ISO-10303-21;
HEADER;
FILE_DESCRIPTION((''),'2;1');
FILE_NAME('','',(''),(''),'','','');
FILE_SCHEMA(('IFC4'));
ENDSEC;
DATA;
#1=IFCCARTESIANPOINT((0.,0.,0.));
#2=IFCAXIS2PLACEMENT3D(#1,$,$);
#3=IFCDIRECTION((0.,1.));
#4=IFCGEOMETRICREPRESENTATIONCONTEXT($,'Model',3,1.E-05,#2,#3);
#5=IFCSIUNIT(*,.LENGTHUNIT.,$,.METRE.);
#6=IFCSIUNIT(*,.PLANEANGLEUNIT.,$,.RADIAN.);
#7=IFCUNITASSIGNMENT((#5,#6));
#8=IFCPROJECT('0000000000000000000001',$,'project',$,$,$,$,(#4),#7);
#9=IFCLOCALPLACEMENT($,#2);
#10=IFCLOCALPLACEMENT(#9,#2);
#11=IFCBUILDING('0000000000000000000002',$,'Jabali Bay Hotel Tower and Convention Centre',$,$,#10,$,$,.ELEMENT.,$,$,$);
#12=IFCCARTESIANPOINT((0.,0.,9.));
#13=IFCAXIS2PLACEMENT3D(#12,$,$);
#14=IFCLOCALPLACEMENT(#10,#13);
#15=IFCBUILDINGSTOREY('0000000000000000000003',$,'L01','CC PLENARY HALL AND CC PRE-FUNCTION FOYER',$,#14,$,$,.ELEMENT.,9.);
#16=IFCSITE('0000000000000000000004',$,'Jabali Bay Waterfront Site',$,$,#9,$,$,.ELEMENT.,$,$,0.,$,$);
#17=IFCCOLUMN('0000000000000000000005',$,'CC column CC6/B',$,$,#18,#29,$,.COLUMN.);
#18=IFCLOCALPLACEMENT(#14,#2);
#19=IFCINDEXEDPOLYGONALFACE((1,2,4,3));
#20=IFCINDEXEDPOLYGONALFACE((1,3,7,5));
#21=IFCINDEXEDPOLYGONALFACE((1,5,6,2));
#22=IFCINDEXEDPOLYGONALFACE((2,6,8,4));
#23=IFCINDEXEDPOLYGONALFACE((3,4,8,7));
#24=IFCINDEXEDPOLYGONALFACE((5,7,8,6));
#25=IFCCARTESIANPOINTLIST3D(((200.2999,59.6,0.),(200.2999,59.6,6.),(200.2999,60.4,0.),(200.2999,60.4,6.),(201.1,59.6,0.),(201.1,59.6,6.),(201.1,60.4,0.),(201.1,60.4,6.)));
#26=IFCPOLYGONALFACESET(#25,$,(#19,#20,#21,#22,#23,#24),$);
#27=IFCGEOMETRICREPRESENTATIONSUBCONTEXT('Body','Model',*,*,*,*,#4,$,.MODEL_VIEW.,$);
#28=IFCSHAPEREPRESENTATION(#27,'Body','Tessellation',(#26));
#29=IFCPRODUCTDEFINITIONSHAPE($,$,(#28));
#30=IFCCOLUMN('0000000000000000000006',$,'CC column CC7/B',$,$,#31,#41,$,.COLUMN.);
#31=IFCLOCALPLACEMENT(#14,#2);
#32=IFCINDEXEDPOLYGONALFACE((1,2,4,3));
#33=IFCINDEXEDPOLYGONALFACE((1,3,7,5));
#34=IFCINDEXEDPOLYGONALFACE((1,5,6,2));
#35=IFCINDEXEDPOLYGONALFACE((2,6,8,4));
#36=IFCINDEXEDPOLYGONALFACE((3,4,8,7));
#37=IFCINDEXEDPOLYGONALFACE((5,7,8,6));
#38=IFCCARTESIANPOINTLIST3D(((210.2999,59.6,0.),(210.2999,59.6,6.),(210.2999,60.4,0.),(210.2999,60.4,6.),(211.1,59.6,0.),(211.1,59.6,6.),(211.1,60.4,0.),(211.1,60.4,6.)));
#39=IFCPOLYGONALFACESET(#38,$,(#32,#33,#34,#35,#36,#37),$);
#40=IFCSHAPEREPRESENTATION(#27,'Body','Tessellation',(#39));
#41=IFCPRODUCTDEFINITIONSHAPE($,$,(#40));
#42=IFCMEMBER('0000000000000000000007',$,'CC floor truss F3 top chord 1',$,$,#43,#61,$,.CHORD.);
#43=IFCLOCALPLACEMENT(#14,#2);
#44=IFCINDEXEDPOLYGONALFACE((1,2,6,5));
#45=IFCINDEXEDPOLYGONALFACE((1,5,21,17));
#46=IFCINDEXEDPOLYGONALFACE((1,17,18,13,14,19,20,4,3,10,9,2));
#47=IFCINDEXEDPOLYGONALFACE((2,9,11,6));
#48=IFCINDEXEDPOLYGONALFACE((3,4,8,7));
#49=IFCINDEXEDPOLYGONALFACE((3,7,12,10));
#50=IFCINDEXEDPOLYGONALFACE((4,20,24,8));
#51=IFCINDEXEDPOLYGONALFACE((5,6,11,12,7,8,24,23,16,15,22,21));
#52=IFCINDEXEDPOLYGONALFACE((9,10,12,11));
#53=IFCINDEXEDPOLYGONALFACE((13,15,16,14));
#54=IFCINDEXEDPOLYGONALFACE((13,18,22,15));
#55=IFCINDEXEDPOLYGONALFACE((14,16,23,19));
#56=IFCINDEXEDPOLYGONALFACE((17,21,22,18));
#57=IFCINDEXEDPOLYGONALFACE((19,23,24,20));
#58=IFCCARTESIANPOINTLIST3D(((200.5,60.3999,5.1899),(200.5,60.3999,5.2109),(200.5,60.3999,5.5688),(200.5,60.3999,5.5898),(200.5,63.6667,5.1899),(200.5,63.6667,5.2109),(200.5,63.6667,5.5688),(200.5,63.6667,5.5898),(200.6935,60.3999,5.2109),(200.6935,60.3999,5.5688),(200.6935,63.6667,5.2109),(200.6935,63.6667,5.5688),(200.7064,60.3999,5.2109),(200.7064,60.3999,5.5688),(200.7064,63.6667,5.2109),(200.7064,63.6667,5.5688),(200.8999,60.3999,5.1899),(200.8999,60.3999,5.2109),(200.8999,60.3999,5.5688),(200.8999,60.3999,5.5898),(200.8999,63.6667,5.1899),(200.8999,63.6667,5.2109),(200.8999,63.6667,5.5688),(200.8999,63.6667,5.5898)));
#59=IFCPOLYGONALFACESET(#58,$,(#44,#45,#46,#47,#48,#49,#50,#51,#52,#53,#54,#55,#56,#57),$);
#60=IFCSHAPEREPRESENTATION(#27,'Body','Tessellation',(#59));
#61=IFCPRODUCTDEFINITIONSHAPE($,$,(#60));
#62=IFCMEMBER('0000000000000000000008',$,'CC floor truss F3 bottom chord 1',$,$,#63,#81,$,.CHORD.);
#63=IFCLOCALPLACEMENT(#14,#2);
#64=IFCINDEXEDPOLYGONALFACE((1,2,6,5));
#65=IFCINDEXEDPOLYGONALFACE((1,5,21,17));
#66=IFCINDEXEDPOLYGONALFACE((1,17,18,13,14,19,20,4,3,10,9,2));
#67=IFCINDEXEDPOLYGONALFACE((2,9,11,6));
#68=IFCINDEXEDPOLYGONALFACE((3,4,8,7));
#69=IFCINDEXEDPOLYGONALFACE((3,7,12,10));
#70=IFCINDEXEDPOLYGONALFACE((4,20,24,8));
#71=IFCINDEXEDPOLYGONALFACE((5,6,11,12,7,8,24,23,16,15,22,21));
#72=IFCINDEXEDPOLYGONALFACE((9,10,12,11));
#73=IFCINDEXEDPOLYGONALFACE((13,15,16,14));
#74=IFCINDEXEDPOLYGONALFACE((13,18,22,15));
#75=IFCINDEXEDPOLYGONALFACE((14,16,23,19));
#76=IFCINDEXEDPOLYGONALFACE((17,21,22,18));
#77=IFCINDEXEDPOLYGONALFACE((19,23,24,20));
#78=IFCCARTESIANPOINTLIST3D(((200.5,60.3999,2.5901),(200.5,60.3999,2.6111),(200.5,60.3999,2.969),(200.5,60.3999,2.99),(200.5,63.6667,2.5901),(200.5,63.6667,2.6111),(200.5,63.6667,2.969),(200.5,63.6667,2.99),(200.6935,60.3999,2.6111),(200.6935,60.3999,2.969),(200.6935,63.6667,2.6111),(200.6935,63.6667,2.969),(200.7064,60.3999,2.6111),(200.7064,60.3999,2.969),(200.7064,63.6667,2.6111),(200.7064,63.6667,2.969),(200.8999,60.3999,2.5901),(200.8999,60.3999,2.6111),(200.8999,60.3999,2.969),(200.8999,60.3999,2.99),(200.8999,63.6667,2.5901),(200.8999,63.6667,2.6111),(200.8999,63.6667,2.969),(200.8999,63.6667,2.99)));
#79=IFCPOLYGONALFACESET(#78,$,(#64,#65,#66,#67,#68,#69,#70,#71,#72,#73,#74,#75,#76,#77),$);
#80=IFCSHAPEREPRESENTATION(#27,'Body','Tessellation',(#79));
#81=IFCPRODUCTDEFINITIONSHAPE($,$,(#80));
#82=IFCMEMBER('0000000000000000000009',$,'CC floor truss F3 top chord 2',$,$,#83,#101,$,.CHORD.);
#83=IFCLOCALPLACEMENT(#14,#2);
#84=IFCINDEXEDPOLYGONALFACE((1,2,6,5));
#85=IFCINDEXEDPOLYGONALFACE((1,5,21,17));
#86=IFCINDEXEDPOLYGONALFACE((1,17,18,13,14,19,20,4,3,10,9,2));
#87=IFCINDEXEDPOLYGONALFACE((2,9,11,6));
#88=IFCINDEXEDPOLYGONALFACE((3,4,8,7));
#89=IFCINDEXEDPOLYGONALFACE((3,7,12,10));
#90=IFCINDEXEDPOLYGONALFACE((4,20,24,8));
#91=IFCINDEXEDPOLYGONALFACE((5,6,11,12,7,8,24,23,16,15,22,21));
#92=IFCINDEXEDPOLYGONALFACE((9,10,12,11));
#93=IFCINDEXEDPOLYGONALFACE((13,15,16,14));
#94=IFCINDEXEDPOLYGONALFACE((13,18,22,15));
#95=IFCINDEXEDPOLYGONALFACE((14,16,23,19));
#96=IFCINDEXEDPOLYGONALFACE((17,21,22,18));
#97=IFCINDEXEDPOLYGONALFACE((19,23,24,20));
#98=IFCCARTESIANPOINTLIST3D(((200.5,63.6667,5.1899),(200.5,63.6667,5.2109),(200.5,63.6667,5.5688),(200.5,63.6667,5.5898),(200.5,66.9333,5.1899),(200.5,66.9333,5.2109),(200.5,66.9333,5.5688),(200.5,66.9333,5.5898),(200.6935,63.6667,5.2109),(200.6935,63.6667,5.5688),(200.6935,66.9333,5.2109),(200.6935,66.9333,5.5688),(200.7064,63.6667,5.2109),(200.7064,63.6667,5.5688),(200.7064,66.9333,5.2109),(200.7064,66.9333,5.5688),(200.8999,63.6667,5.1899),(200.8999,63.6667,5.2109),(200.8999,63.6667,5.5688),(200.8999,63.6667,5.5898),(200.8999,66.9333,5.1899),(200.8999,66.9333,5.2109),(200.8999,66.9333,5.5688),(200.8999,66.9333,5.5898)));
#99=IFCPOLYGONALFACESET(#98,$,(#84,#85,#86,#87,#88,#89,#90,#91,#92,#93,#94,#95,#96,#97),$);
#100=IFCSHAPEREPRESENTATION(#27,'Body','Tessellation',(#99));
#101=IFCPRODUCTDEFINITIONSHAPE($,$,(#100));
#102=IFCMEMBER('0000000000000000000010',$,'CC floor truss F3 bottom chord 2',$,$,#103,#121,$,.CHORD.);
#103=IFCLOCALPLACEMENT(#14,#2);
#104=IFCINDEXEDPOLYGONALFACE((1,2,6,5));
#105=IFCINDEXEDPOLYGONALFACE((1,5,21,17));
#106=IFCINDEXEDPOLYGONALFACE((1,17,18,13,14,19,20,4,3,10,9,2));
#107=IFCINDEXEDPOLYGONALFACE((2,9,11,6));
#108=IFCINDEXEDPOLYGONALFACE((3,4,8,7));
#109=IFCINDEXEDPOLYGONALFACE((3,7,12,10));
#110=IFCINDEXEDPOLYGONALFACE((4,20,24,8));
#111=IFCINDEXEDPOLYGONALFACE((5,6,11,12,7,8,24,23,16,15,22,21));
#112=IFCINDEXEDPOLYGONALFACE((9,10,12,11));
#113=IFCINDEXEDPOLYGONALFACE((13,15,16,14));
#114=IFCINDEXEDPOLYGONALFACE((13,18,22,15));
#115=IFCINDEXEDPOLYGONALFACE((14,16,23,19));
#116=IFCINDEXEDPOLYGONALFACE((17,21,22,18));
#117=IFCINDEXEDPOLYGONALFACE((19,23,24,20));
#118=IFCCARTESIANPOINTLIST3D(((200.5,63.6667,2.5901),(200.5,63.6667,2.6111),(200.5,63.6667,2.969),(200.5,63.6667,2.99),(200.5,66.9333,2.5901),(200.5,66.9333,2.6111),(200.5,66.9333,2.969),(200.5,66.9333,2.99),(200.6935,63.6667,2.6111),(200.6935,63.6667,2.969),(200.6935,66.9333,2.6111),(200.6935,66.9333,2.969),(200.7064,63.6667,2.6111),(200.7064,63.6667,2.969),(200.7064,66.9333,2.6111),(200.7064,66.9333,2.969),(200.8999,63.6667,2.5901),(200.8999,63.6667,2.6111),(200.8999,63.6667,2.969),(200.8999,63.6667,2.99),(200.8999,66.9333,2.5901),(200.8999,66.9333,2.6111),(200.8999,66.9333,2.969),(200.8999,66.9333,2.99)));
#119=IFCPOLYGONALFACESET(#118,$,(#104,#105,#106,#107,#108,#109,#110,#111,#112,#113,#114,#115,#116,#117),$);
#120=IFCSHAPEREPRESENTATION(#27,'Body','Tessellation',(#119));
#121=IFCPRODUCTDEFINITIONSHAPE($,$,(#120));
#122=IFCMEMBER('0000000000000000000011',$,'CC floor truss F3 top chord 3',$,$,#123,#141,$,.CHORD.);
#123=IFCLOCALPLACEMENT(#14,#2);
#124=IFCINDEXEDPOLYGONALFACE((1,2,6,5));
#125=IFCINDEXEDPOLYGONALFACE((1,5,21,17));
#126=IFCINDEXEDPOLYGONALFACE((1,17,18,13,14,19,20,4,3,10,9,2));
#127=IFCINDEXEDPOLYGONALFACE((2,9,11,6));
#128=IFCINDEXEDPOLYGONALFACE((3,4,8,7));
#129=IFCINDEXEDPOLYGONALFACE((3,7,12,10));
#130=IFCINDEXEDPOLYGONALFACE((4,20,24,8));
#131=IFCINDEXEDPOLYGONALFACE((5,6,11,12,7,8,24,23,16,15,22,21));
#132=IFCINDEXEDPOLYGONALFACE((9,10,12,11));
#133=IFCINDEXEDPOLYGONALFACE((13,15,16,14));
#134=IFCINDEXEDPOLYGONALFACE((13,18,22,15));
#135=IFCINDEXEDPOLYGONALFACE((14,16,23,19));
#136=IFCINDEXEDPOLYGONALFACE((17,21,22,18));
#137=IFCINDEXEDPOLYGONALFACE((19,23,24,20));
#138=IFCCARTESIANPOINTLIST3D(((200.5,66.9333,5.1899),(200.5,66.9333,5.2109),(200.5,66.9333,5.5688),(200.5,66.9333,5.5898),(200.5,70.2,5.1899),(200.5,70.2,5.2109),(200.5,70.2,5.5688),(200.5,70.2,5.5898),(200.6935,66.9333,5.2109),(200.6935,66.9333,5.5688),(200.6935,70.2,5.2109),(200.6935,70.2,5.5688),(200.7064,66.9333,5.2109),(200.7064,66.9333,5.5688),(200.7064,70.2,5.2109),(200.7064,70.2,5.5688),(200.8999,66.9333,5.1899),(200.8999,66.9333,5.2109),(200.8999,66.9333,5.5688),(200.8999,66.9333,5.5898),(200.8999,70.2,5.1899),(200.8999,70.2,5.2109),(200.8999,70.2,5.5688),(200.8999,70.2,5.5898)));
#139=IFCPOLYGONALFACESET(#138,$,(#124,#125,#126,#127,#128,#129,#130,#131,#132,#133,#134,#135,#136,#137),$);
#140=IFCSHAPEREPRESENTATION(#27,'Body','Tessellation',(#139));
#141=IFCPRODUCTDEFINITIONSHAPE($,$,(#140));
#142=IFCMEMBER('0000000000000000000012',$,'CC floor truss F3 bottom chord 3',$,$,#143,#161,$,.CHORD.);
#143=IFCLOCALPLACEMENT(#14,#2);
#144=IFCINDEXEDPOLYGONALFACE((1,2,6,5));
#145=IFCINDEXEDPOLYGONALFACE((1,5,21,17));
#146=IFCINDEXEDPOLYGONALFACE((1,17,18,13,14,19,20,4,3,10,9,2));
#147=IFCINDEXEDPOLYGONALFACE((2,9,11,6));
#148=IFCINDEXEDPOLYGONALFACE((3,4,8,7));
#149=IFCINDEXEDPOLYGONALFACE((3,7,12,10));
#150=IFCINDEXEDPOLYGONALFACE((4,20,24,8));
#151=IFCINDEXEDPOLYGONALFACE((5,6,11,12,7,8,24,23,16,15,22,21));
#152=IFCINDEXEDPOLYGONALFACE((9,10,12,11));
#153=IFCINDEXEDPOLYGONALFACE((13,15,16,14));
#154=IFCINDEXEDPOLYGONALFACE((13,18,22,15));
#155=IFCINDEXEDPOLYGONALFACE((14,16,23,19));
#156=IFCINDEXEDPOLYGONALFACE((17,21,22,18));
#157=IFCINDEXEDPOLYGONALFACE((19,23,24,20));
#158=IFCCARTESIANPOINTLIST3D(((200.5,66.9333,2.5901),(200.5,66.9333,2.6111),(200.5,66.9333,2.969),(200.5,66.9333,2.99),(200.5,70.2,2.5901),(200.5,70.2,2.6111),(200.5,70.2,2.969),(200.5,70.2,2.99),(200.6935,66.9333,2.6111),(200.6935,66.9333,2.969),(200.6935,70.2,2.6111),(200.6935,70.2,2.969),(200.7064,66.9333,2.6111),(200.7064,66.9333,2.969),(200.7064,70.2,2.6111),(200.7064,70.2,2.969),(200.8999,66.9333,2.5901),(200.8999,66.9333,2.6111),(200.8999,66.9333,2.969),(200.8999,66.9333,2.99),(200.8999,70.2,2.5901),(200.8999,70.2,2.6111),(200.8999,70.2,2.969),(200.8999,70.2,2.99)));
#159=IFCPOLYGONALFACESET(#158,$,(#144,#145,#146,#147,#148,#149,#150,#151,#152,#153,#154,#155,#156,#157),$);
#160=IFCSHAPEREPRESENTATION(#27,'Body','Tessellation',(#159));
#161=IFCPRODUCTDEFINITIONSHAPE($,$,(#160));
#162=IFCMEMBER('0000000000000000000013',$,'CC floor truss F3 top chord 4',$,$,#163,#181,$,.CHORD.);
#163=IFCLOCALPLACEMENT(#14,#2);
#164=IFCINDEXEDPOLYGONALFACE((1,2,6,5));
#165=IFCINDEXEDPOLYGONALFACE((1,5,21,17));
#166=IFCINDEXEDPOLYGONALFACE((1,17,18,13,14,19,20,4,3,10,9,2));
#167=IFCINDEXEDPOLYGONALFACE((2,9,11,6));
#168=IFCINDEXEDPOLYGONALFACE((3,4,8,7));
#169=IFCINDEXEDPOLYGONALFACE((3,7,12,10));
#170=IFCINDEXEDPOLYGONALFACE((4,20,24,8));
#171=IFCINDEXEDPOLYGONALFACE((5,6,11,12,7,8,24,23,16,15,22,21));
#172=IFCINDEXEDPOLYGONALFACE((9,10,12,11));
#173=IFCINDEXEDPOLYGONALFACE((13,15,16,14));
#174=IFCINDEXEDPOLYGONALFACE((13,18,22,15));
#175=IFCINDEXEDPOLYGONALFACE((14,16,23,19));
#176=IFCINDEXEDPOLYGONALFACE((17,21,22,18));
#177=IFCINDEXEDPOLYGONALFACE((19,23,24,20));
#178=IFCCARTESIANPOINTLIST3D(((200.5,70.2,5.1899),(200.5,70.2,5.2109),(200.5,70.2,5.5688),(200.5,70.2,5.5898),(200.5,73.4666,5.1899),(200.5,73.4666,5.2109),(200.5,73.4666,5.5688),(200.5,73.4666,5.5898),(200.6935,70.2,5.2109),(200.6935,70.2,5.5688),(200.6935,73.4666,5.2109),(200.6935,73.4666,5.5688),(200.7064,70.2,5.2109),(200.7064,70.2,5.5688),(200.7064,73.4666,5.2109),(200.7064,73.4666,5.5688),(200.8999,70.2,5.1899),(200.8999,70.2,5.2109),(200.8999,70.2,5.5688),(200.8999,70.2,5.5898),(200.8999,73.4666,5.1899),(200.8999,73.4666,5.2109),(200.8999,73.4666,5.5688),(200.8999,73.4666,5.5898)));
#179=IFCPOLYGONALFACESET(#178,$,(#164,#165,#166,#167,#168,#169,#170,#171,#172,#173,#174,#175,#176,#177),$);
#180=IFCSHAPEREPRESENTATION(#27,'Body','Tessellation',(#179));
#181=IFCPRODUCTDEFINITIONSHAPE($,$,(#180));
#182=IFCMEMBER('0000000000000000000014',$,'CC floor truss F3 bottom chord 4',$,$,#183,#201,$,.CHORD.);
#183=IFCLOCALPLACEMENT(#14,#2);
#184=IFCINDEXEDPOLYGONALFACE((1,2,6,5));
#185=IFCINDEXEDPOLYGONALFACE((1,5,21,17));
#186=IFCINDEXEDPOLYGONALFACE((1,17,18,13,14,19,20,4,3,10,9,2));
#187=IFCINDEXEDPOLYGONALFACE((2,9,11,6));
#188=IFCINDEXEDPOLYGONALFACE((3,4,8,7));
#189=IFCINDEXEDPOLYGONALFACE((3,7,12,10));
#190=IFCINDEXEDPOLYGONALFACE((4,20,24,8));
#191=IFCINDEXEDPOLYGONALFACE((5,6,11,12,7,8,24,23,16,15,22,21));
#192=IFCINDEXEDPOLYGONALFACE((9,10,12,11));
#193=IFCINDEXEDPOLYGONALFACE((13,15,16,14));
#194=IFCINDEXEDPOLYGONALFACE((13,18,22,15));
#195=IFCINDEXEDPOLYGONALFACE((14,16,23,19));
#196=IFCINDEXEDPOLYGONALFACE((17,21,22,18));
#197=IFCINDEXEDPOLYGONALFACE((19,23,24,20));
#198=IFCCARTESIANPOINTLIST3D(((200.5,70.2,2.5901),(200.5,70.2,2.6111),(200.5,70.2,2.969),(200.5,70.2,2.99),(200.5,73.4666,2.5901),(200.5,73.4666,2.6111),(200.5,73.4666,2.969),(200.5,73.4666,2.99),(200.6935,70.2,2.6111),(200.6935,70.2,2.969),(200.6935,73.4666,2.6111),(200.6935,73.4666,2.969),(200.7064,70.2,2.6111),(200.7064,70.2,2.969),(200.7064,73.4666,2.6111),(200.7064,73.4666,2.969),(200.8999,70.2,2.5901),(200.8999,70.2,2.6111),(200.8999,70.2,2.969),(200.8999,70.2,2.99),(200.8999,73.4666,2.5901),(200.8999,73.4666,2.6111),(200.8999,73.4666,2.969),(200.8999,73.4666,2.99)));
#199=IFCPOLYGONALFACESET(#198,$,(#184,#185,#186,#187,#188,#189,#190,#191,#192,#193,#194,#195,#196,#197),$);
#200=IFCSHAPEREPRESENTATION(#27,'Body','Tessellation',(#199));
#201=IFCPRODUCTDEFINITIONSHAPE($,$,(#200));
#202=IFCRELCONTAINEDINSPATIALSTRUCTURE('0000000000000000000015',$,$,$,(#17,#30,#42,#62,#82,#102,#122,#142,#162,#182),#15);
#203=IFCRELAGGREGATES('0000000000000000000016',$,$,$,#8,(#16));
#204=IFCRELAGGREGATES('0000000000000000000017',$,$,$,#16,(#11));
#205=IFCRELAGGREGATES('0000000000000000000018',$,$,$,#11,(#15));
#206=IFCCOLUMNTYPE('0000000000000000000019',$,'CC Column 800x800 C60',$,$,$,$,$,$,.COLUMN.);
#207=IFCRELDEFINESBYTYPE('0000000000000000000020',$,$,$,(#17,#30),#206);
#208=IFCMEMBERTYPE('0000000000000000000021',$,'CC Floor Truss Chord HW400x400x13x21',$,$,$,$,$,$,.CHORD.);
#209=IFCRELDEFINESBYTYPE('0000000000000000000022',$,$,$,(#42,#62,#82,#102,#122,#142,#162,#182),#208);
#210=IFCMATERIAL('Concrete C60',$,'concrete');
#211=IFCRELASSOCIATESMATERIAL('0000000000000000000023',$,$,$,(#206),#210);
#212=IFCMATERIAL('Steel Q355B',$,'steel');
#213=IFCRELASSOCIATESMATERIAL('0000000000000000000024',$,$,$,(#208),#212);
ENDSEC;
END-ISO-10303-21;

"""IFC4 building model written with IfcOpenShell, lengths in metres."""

from ifc_helpers import new_model, si_unit, direction, frame, origin, origin_2d, place, context, subcontext, project, spatial, rectangle, i_section, extrude, material, material_profile, profile_set, type_object, element, save


model = new_model("IFC4")

# Units and contexts
model_context = context("Model", 3, precision=1e-05, world=origin(), true_north=direction((0.0, 1.0)))
body_context = subcontext(model_context, "Body", "Model", "MODEL_VIEW")
ifc_project = project(units=[si_unit("LENGTHUNIT", "METRE"), si_unit("PLANEANGLEUNIT", "RADIAN")], contexts=[model_context])

# Site, building, storey
site_placement = place(None, origin())
site = spatial("IfcSite", under=ifc_project, at=site_placement, Name="Jabali Bay Waterfront Site", CompositionType="ELEMENT", RefElevation=0.0)
building_placement = place(site_placement, origin())
building = spatial("IfcBuilding", under=site, at=building_placement, Name="Jabali Bay Hotel Tower and Convention Centre", CompositionType="ELEMENT")
storey_placement = place(building_placement, frame((0.0, 0.0, 9.0)))
storey = spatial("IfcBuildingStorey", under=building, at=storey_placement, Name="L01", Description="CC PLENARY HALL AND CC PRE-FUNCTION FOYER", CompositionType="ELEMENT", Elevation=9.0)

# Columns
ifc_material_1 = material(Name="Concrete C60", Category="concrete")
ifc_material_profile_1 = material_profile(ifc_material_1, rectangle(XDim=0.8, YDim=0.8, at=origin_2d()), Name="RC 800x800")
ifc_profile_set_1 = profile_set([ifc_material_profile_1], Name="Concrete C60")
column_type = type_object("IfcColumnType", Name="CC Column 800x800 C60", PredefinedType="COLUMN", material=ifc_profile_set_1)
for number, where, z_axis, x_axis, name in (
    (1, (200.7, 60.0, 0.0), (0.0, 0.0, 1.0), (1.0, 0.0, 0.0), "CC column CC6/B"),
    (2, (210.7, 60.0, 0.0), (0.0, 0.0, 1.0), (1.0, 0.0, 0.0), "CC column CC7/B"),
):
    element("IfcColumn", number, at=place(storey_placement, frame(where, z_axis=z_axis, x_axis=x_axis)), inside=storey, type_object=column_type, Name=name, PredefinedType="COLUMN", context=body_context, shape_type="SweptSolid", body=[
        extrude(rectangle(XDim=0.8, YDim=0.8, at=origin_2d()), origin(), (0.0, 0.0, 1.0), 6.0),
    ])

# Members
ifc_material_2 = material(Name="Steel Q355B", Category="steel")
ifc_material_profile_2 = material_profile(ifc_material_2, i_section(OverallWidth=0.3999, OverallDepth=0.3999, WebThickness=0.0129, FlangeThickness=0.021, at=origin_2d()), Name="HW400x400x13x21")
ifc_profile_set_2 = profile_set([ifc_material_profile_2], Name="Steel Q355B")
member_type_1 = type_object("IfcMemberType", Name="CC Floor Truss Chord HW400x400x13x21", PredefinedType="CHORD", material=ifc_profile_set_2)
for number, where, z_axis, x_axis, name in (
    (3, (200.7, 60.3999, 5.3899), (0.0, 1.0, 0.0), (-1.0, 0.0, 0.0), "CC floor truss F3 top chord 1"),
    (4, (200.7, 60.3999, 2.79), (0.0, 1.0, 0.0), (-1.0, 0.0, 0.0), "CC floor truss F3 bottom chord 1"),
):
    element("IfcMember", number, at=place(storey_placement, frame(where, z_axis=z_axis, x_axis=x_axis)), inside=storey, type_object=member_type_1, Name=name, PredefinedType="CHORD", context=body_context, shape_type="SweptSolid", body=[
        extrude(i_section(OverallWidth=0.3999, OverallDepth=0.3999, WebThickness=0.0129, FlangeThickness=0.021, at=origin_2d()), origin(), (0.0, 0.0, 1.0), 3.2668),
    ])
for number, where, z_axis, x_axis, name in (
    (5, (200.7, 63.6667, 5.3899), (0.0, 1.0, 0.0), (-1.0, 0.0, 0.0), "CC floor truss F3 top chord 2"),
    (6, (200.7, 63.6667, 2.79), (0.0, 1.0, 0.0), (-1.0, 0.0, 0.0), "CC floor truss F3 bottom chord 2"),
    (7, (200.7, 66.9333, 5.3899), (0.0, 1.0, 0.0), (-1.0, 0.0, 0.0), "CC floor truss F3 top chord 3"),
    (8, (200.7, 66.9333, 2.79), (0.0, 1.0, 0.0), (-1.0, 0.0, 0.0), "CC floor truss F3 bottom chord 3"),
    (9, (200.7, 70.2, 5.3899), (0.0, 1.0, 0.0), (-1.0, 0.0, 0.0), "CC floor truss F3 top chord 4"),
    (10, (200.7, 70.2, 2.79), (0.0, 1.0, 0.0), (-1.0, 0.0, 0.0), "CC floor truss F3 bottom chord 4"),
):
    element("IfcMember", number, at=place(storey_placement, frame(where, z_axis=z_axis, x_axis=x_axis)), inside=storey, type_object=member_type_1, Name=name, PredefinedType="CHORD", context=body_context, shape_type="SweptSolid", body=[
        extrude(i_section(OverallWidth=0.3999, OverallDepth=0.3999, WebThickness=0.0129, FlangeThickness=0.021, at=origin_2d()), origin(), (0.0, 0.0, 1.0), 3.2666),
    ])

save(model, "model.ifc")
